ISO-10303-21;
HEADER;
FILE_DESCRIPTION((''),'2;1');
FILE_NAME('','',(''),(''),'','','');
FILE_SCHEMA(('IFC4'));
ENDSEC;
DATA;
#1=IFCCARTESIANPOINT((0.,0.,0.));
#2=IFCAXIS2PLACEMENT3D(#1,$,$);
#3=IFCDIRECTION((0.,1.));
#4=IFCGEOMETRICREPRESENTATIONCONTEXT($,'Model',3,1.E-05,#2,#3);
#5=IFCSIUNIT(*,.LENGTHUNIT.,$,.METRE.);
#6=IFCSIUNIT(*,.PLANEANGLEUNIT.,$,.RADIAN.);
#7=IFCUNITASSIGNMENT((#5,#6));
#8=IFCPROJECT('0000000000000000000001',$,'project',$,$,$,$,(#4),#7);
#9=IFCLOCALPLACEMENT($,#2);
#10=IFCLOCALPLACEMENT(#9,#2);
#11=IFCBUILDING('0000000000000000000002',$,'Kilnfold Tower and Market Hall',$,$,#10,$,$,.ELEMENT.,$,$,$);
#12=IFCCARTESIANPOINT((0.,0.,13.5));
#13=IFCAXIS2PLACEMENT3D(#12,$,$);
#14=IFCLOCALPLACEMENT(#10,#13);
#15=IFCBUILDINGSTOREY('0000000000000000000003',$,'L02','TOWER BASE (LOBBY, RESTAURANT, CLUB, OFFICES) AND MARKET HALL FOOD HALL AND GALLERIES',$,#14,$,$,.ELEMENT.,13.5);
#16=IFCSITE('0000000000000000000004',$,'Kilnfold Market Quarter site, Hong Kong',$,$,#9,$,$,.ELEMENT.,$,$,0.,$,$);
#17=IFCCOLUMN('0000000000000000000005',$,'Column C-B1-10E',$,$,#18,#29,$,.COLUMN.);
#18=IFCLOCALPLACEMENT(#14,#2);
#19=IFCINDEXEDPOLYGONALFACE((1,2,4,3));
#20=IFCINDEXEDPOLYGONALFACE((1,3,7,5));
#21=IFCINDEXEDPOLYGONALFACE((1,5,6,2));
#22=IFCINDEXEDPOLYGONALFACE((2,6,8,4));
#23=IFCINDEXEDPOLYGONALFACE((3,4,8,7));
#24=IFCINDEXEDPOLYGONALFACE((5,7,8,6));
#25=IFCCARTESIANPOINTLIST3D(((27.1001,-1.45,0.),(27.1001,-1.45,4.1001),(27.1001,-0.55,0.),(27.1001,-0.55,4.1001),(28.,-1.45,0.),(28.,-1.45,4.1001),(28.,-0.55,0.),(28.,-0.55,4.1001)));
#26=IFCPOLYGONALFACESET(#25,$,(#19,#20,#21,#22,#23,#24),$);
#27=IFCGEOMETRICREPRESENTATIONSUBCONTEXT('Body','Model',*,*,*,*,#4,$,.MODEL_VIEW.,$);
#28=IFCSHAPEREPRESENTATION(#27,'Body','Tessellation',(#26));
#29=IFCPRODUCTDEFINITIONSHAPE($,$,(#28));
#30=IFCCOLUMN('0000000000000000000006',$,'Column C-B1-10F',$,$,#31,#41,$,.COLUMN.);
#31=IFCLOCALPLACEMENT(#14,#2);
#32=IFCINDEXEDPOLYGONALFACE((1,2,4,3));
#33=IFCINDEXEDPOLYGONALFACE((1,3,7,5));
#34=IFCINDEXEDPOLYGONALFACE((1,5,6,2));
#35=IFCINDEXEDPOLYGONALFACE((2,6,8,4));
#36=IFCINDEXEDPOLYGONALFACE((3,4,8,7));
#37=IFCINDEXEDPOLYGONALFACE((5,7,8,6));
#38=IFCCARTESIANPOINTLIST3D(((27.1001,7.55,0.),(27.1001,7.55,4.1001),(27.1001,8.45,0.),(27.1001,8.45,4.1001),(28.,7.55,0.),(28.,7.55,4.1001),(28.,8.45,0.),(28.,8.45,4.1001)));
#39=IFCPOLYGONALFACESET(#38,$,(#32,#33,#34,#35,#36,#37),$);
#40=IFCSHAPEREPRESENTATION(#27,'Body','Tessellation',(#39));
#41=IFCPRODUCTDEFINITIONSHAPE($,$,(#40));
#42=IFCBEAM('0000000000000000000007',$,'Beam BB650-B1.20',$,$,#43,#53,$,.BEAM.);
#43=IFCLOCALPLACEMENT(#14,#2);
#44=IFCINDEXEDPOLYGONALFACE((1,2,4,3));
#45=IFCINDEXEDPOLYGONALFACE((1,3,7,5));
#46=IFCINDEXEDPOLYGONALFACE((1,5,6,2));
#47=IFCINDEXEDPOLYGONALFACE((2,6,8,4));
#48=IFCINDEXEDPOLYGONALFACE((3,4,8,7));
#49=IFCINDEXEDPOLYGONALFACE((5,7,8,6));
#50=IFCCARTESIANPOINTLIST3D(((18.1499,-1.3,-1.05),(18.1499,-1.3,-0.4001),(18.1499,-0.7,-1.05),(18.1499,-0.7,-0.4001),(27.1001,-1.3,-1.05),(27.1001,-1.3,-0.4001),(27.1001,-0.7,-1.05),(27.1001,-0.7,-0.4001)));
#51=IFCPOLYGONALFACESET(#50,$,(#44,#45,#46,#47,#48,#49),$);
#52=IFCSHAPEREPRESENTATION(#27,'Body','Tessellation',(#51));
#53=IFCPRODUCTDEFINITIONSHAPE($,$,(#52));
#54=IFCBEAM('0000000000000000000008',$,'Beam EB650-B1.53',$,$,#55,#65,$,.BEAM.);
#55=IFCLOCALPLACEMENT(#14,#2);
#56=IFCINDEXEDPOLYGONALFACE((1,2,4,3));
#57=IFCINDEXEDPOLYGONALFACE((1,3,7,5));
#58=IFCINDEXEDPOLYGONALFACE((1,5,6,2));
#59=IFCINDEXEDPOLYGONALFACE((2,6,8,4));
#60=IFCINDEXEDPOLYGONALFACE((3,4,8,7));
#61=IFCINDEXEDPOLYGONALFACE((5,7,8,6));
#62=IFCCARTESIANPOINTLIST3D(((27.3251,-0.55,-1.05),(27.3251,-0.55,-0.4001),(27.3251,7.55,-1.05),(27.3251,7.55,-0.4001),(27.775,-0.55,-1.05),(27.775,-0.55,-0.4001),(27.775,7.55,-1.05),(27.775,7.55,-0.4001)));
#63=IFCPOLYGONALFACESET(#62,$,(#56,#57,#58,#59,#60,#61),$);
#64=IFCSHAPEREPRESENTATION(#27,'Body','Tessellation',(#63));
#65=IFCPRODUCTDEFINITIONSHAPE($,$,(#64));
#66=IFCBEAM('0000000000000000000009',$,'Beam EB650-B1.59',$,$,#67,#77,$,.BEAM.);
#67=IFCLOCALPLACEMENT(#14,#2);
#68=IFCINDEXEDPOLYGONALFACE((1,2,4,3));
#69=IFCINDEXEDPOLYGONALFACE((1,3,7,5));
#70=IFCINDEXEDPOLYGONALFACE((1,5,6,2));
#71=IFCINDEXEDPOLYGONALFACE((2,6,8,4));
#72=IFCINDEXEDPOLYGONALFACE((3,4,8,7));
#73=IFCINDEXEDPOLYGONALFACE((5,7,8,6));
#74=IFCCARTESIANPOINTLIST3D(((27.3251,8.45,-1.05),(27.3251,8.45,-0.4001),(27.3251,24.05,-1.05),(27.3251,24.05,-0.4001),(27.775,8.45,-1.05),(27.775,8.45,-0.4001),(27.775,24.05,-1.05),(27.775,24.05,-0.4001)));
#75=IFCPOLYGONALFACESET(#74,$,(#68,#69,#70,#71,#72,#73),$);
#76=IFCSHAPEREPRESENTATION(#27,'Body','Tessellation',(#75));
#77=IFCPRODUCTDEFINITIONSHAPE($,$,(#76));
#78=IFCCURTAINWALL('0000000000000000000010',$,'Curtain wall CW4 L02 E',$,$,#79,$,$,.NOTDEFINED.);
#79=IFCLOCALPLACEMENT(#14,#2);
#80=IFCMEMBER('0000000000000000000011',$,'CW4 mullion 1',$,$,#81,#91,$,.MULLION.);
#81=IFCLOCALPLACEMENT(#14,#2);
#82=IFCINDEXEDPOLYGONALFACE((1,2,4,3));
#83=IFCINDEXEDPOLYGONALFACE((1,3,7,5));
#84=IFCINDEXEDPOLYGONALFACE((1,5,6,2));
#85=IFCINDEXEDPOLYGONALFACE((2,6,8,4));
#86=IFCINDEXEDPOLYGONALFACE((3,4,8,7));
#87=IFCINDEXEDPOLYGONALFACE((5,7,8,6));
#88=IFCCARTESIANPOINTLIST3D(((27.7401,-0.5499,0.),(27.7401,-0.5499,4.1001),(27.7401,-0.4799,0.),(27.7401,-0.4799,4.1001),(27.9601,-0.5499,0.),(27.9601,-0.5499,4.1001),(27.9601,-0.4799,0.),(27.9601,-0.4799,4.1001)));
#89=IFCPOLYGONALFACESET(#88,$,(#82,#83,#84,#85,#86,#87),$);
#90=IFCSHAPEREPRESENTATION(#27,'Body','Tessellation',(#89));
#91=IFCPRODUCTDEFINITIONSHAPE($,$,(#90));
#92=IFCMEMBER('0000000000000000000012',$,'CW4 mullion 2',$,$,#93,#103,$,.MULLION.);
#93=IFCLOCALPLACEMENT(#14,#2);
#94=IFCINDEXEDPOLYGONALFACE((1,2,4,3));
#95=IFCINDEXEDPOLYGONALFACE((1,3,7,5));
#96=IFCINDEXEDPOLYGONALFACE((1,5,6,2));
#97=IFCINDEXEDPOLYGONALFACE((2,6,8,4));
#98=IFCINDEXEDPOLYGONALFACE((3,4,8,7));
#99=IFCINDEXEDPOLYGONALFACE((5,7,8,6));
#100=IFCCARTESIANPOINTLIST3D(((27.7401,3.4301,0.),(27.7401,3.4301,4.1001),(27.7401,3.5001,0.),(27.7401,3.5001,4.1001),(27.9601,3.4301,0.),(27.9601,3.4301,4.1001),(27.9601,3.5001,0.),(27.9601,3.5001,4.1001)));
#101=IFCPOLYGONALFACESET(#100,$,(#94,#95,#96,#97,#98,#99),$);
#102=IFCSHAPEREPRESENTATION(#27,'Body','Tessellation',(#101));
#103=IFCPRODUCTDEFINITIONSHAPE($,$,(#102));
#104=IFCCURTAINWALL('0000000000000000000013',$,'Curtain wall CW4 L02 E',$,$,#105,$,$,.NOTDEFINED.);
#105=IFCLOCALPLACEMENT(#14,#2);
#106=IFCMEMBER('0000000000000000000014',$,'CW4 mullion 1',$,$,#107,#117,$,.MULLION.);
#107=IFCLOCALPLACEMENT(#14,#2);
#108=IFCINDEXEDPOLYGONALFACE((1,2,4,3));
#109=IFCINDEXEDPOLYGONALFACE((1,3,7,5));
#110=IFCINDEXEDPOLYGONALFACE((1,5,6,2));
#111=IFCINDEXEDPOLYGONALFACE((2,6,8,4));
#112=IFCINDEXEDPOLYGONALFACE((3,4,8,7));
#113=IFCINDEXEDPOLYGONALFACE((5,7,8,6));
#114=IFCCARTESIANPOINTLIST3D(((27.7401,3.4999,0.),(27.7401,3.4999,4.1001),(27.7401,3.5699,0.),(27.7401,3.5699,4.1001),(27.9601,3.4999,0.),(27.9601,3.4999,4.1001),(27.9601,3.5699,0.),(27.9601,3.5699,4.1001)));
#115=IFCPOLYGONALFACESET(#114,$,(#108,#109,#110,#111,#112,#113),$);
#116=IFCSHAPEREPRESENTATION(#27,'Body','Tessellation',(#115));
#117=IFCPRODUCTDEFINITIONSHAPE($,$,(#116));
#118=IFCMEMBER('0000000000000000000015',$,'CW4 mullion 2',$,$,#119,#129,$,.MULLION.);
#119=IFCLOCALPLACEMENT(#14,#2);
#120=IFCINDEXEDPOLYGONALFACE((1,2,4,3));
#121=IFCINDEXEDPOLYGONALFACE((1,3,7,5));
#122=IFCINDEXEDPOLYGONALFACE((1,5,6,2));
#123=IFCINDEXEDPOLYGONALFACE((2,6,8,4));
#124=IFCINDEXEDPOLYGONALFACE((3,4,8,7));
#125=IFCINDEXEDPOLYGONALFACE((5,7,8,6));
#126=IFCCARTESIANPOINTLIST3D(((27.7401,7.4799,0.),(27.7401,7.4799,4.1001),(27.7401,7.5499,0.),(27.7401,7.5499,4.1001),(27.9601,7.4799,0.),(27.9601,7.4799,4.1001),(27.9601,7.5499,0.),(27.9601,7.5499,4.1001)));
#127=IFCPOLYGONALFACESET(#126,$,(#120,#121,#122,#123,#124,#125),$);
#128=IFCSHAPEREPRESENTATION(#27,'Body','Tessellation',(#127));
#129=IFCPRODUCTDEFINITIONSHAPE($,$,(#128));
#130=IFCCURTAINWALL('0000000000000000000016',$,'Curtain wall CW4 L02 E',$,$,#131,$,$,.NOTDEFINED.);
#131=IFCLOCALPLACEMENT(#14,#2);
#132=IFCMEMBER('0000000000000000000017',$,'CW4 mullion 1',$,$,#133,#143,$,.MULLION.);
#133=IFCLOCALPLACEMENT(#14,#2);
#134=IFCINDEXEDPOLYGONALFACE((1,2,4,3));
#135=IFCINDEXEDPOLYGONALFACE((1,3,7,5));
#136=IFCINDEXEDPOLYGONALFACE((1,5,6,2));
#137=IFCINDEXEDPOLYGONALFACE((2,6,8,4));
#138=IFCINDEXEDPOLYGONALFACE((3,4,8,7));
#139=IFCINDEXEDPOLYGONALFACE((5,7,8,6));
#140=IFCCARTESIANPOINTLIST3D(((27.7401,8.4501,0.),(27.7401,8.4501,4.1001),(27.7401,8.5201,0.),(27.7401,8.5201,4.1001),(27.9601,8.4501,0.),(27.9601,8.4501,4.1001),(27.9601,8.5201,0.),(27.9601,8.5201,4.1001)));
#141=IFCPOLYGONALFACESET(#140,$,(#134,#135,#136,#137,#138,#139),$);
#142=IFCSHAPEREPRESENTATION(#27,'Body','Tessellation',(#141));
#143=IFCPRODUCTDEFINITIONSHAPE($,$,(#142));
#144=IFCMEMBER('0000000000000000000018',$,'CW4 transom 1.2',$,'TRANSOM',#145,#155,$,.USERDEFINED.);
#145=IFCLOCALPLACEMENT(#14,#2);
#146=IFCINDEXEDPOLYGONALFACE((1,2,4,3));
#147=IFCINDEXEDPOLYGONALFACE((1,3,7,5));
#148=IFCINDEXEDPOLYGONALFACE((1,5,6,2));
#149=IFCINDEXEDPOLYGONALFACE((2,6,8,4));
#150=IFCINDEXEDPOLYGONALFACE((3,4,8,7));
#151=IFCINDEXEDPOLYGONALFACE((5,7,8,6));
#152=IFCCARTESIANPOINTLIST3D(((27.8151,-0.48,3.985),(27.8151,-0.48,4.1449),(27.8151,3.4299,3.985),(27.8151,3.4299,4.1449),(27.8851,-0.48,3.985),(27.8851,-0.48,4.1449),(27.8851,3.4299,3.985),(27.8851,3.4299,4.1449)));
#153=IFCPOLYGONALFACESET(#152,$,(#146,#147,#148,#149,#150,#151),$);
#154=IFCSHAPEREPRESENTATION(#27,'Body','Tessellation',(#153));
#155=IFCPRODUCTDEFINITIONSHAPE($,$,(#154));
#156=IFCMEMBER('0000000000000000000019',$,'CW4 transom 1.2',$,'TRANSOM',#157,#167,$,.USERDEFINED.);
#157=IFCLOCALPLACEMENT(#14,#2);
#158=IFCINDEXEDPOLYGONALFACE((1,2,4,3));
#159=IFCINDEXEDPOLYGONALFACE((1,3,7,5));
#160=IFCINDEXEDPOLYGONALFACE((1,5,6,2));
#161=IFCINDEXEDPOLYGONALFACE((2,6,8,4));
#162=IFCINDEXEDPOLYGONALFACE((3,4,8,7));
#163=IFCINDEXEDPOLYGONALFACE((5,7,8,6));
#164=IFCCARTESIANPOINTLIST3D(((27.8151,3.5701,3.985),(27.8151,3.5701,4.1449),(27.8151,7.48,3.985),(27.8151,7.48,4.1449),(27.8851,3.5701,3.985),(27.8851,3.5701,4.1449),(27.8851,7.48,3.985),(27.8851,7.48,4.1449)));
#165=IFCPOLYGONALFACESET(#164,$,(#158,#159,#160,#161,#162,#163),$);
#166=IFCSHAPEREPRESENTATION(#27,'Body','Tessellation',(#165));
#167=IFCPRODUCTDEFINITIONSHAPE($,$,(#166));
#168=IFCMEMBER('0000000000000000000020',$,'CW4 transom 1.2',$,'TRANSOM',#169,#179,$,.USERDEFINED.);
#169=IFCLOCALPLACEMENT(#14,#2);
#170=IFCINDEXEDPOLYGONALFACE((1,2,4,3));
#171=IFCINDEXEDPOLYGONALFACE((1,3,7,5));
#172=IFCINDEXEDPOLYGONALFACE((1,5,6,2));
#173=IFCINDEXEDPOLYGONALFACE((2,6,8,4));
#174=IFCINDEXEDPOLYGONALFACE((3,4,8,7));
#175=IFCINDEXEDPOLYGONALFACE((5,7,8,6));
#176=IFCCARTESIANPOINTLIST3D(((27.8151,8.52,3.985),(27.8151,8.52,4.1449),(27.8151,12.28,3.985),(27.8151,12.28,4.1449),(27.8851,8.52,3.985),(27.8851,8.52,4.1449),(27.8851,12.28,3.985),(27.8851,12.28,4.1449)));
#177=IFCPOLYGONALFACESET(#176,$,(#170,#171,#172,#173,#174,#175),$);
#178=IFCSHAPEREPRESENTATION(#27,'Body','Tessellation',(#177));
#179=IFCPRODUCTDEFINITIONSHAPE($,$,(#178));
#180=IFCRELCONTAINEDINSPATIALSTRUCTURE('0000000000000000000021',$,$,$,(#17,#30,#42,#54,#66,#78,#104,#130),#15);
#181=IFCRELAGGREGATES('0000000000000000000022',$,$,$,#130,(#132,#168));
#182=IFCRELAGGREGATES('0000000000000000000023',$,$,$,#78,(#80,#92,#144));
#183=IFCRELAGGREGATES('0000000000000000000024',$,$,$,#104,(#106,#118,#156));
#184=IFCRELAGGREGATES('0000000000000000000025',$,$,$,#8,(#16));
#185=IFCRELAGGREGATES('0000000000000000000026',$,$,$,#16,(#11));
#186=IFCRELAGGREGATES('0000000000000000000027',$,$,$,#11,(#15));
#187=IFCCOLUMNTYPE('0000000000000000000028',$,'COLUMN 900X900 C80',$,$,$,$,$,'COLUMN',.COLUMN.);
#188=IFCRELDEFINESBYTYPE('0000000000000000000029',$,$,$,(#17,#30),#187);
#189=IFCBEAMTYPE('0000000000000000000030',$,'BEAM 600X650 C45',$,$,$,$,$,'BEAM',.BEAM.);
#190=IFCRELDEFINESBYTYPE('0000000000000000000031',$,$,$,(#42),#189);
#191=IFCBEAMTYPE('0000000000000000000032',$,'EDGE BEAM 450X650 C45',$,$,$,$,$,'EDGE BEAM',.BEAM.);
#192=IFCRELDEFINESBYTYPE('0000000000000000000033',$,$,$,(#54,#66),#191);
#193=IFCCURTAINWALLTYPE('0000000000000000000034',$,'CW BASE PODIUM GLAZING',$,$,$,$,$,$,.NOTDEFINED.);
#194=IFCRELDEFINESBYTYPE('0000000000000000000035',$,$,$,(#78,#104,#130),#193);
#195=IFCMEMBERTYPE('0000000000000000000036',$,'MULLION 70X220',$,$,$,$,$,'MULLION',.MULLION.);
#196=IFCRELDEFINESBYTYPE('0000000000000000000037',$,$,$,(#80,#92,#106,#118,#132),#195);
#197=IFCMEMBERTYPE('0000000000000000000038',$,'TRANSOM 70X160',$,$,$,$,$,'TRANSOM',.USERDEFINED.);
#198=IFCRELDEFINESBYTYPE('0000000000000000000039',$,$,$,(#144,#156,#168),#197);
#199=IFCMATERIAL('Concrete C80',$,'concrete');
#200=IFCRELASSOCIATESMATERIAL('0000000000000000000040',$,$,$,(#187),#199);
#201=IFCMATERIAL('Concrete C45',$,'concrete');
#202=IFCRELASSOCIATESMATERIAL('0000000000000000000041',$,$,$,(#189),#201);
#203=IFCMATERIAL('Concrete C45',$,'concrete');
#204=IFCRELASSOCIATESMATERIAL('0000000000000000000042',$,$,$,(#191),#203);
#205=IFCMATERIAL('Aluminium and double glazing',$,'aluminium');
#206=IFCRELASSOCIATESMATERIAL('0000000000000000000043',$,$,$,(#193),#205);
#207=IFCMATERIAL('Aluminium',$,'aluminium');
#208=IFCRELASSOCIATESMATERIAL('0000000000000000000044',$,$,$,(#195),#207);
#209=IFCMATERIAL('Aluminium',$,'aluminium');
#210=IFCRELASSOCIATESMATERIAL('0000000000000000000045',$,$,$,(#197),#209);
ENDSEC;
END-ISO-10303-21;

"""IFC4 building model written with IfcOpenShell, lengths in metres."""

from ifc_helpers import new_model, si_unit, direction, frame, origin, origin_2d, place, context, subcontext, project, spatial, rectangle, extrude, source, transform, mapped, material, material_profile, profile_set, type_object, element, aggregate, save


model = new_model("IFC4")

# Units and contexts
model_context = context("Model", 3, precision=1e-05, world=origin(), true_north=direction((0.0, 1.0)))
body_context = subcontext(model_context, "Body", "Model", "MODEL_VIEW")
ifc_project = project(units=[si_unit("LENGTHUNIT", "METRE"), si_unit("PLANEANGLEUNIT", "RADIAN")], contexts=[model_context])

# Site, building, storey
site_placement = place(None, origin())
site = spatial("IfcSite", under=ifc_project, at=site_placement, Name="Kilnfold Market Quarter site, Hong Kong", CompositionType="ELEMENT", RefElevation=0.0)
building_placement = place(site_placement, origin())
building = spatial("IfcBuilding", under=site, at=building_placement, Name="Kilnfold Tower and Market Hall", CompositionType="ELEMENT")
storey_placement = place(building_placement, frame((0.0, 0.0, 13.5)))
storey = spatial("IfcBuildingStorey", under=building, at=storey_placement, Name="L02", Description="TOWER BASE (LOBBY, RESTAURANT, CLUB, OFFICES) AND MARKET HALL FOOD HALL AND GALLERIES", CompositionType="ELEMENT", Elevation=13.5)

# Columns
ifc_material_1 = material(Name="Concrete C80", Category="concrete")
ifc_material_profile_1 = material_profile(ifc_material_1, rectangle(XDim=0.8999, YDim=0.8999, at=origin_2d()), Name="RC 900x900")
ifc_profile_set_1 = profile_set([ifc_material_profile_1], Name="Concrete C80")
column_type = type_object("IfcColumnType", Name="COLUMN 900X900 C80", ElementType="COLUMN", PredefinedType="COLUMN", material=ifc_profile_set_1)
shared_shape_1 = source(origin(), body_context, "Body", "SweptSolid", [
    extrude(rectangle(XDim=0.8999, YDim=0.8999, at=origin_2d()), origin(), (0.0, 0.0, 1.0), 4.1001),
])
for number, where, z_axis, x_axis, name in (
    (1, (27.55, -1.0, 0.0), (0.0, 0.0, 1.0), (1.0, 0.0, 0.0), "Column C-B1-10E"),
    (2, (27.55, 8.0, 0.0), (0.0, 0.0, 1.0), (1.0, 0.0, 0.0), "Column C-B1-10F"),
):
    element("IfcColumn", number, at=place(storey_placement, frame(where, z_axis=z_axis, x_axis=x_axis)), inside=storey, type_object=column_type, Name=name, PredefinedType="COLUMN", context=body_context, shape_type="MappedRepresentation", body=[
        mapped(shared_shape_1, transform((0.0, 0.0, 0.0))),
    ])

# Beams
ifc_material_2 = material(Name="Concrete C45", Category="concrete")
ifc_material_profile_2 = material_profile(ifc_material_2, rectangle(XDim=0.6001, YDim=0.6499, at=origin_2d()), Name="RC 600x650")
ifc_profile_set_2 = profile_set([ifc_material_profile_2], Name="Concrete C45")
beam_type_1 = type_object("IfcBeamType", Name="BEAM 600X650 C45", ElementType="BEAM", PredefinedType="BEAM", material=ifc_profile_set_2)
shared_shape_2 = source(origin(), body_context, "Body", "SweptSolid", [
    extrude(rectangle(XDim=0.6001, YDim=0.6499, at=origin_2d()), origin(), (0.0, 0.0, 1.0), 8.9502),
])
beam_1_placement = place(storey_placement, frame((18.1499, -1.0, -0.7251), z_axis=(1.0, 0.0, 0.0), x_axis=(0.0, 1.0, 0.0)))
element("IfcBeam", 3, at=beam_1_placement, inside=storey, type_object=beam_type_1, Name="Beam BB650-B1.20", PredefinedType="BEAM", context=body_context, shape_type="MappedRepresentation", body=[
    mapped(shared_shape_2, transform((0.0, 0.0, 0.0))),
])
ifc_material_3 = material(Name="Concrete C45", Category="concrete")
ifc_material_profile_3 = material_profile(ifc_material_3, rectangle(XDim=0.45, YDim=0.6499, at=origin_2d()), Name="RC 450x650")
ifc_profile_set_3 = profile_set([ifc_material_profile_3], Name="Concrete C45")
beam_type_2 = type_object("IfcBeamType", Name="EDGE BEAM 450X650 C45", ElementType="EDGE BEAM", PredefinedType="BEAM", material=ifc_profile_set_3)
shared_shape_3 = source(origin(), body_context, "Body", "SweptSolid", [
    extrude(rectangle(XDim=0.45, YDim=0.6499, at=origin_2d()), origin(), (0.0, 0.0, 1.0), 8.1001),
])
beam_2_placement = place(storey_placement, frame((27.55, -0.55, -0.7251), z_axis=(0.0, 1.0, 0.0), x_axis=(-1.0, 0.0, 0.0)))
element("IfcBeam", 4, at=beam_2_placement, inside=storey, type_object=beam_type_2, Name="Beam EB650-B1.53", PredefinedType="BEAM", context=body_context, shape_type="MappedRepresentation", body=[
    mapped(shared_shape_3, transform((0.0, 0.0, 0.0))),
])
shared_shape_4 = source(origin(), body_context, "Body", "SweptSolid", [
    extrude(rectangle(XDim=0.45, YDim=0.6499, at=origin_2d()), origin(), (0.0, 0.0, 1.0), 15.6001),
])
beam_3_placement = place(storey_placement, frame((27.55, 8.45, -0.7251), z_axis=(0.0, 1.0, 0.0), x_axis=(-1.0, 0.0, 0.0)))
element("IfcBeam", 5, at=beam_3_placement, inside=storey, type_object=beam_type_2, Name="Beam EB650-B1.59", PredefinedType="BEAM", context=body_context, shape_type="MappedRepresentation", body=[
    mapped(shared_shape_4, transform((0.0, 0.0, 0.0))),
])

# Curtain walls, members
ifc_material_4 = material(Name="Aluminium and double glazing", Category="aluminium")
curtain_wall_type = type_object("IfcCurtainWallType", Name="CW BASE PODIUM GLAZING", PredefinedType="NOTDEFINED", material=ifc_material_4)
curtain_wall_1_placement = place(storey_placement, origin())
curtain_wall_1 = element("IfcCurtainWall", 6, at=curtain_wall_1_placement, inside=storey, type_object=curtain_wall_type, Name="Curtain wall CW4 L02 E", PredefinedType="NOTDEFINED")
ifc_material_5 = material(Name="Aluminium", Category="aluminium")
ifc_material_profile_4 = material_profile(ifc_material_5, rectangle(XDim=0.0701, YDim=0.22, at=origin_2d()), Name="MULLION 70x220")
ifc_profile_set_4 = profile_set([ifc_material_profile_4], Name="Aluminium")
member_type_1 = type_object("IfcMemberType", Name="MULLION 70X220", ElementType="MULLION", PredefinedType="MULLION", material=ifc_profile_set_4)
shared_shape_5 = source(origin(), body_context, "Body", "SweptSolid", [
    extrude(rectangle(XDim=0.0701, YDim=0.22, at=origin_2d()), origin(), (0.0, 0.0, 1.0), 4.1001),
])
member_1_placement = place(storey_placement, frame((27.8501, -0.5149, 0.0), z_axis=(0.0, 0.0, 1.0), x_axis=(0.0, 1.0, 0.0)))
member_1 = element("IfcMember", 7, at=member_1_placement, type_object=member_type_1, Name="CW4 mullion 1", PredefinedType="MULLION", context=body_context, shape_type="MappedRepresentation", body=[
    mapped(shared_shape_5, transform((0.0, 0.0, 0.0))),
])
member_2_placement = place(storey_placement, frame((27.8501, 3.4651, 0.0), z_axis=(0.0, 0.0, 1.0), x_axis=(0.0, 1.0, 0.0)))
member_2 = element("IfcMember", 8, at=member_2_placement, type_object=member_type_1, Name="CW4 mullion 2", PredefinedType="MULLION", context=body_context, shape_type="MappedRepresentation", body=[
    mapped(shared_shape_5, transform((0.0, 0.0, 0.0))),
])
curtain_wall_2_placement = place(storey_placement, origin())
curtain_wall_2 = element("IfcCurtainWall", 9, at=curtain_wall_2_placement, inside=storey, type_object=curtain_wall_type, Name="Curtain wall CW4 L02 E", PredefinedType="NOTDEFINED")
member_3_placement = place(storey_placement, frame((27.8501, 3.5349, 0.0), z_axis=(0.0, 0.0, 1.0), x_axis=(0.0, 1.0, 0.0)))
member_3 = element("IfcMember", 10, at=member_3_placement, type_object=member_type_1, Name="CW4 mullion 1", PredefinedType="MULLION", context=body_context, shape_type="MappedRepresentation", body=[
    mapped(shared_shape_5, transform((0.0, 0.0, 0.0))),
])
member_4_placement = place(storey_placement, frame((27.8501, 7.5149, 0.0), z_axis=(0.0, 0.0, 1.0), x_axis=(0.0, 1.0, 0.0)))
member_4 = element("IfcMember", 11, at=member_4_placement, type_object=member_type_1, Name="CW4 mullion 2", PredefinedType="MULLION", context=body_context, shape_type="MappedRepresentation", body=[
    mapped(shared_shape_5, transform((0.0, 0.0, 0.0))),
])

# Curtain wall, member
curtain_wall_3_placement = place(storey_placement, origin())
curtain_wall_3 = element("IfcCurtainWall", 12, at=curtain_wall_3_placement, inside=storey, type_object=curtain_wall_type, Name="Curtain wall CW4 L02 E", PredefinedType="NOTDEFINED")
member_5_placement = place(storey_placement, frame((27.8501, 8.4851, 0.0), z_axis=(0.0, 0.0, 1.0), x_axis=(0.0, 1.0, 0.0)))
member_5 = element("IfcMember", 13, at=member_5_placement, type_object=member_type_1, Name="CW4 mullion 1", PredefinedType="MULLION", context=body_context, shape_type="MappedRepresentation", body=[
    mapped(shared_shape_5, transform((0.0, 0.0, 0.0))),
])

# Members
ifc_material_6 = material(Name="Aluminium", Category="aluminium")
ifc_material_profile_5 = material_profile(ifc_material_6, rectangle(XDim=0.0701, YDim=0.1599, at=origin_2d()), Name="TRANSOM 70x160")
ifc_profile_set_5 = profile_set([ifc_material_profile_5], Name="Aluminium")
member_type_2 = type_object("IfcMemberType", Name="TRANSOM 70X160", ElementType="TRANSOM", PredefinedType="USERDEFINED", material=ifc_profile_set_5)
shared_shape_6 = source(origin(), body_context, "Body", "SweptSolid", [
    extrude(rectangle(XDim=0.0701, YDim=0.1599, at=origin_2d()), origin(), (0.0, 0.0, 1.0), 3.9099),
])
member_6_placement = place(storey_placement, frame((27.8501, -0.48, 4.0649), z_axis=(0.0, 1.0, 0.0), x_axis=(-1.0, 0.0, 0.0)))
member_6 = element("IfcMember", 14, at=member_6_placement, type_object=member_type_2, Name="CW4 transom 1.2", ObjectType="TRANSOM", PredefinedType="USERDEFINED", context=body_context, shape_type="MappedRepresentation", body=[
    mapped(shared_shape_6, transform((0.0, 0.0, 0.0))),
])
member_7_placement = place(storey_placement, frame((27.8501, 3.5701, 4.0649), z_axis=(0.0, 1.0, 0.0), x_axis=(-1.0, 0.0, 0.0)))
member_7 = element("IfcMember", 15, at=member_7_placement, type_object=member_type_2, Name="CW4 transom 1.2", ObjectType="TRANSOM", PredefinedType="USERDEFINED", context=body_context, shape_type="MappedRepresentation", body=[
    mapped(shared_shape_6, transform((0.0, 0.0, 0.0))),
])
shared_shape_7 = source(origin(), body_context, "Body", "SweptSolid", [
    extrude(rectangle(XDim=0.0701, YDim=0.1599, at=origin_2d()), origin(), (0.0, 0.0, 1.0), 3.76),
])
member_8_placement = place(storey_placement, frame((27.8501, 8.52, 4.0649), z_axis=(0.0, 1.0, 0.0), x_axis=(-1.0, 0.0, 0.0)))
member_8 = element("IfcMember", 16, at=member_8_placement, type_object=member_type_2, Name="CW4 transom 1.2", ObjectType="TRANSOM", PredefinedType="USERDEFINED", context=body_context, shape_type="MappedRepresentation", body=[
    mapped(shared_shape_7, transform((0.0, 0.0, 0.0))),
])
aggregate(curtain_wall_3, [member_5, member_8])

aggregate(curtain_wall_1, [member_1, member_2, member_6])
aggregate(curtain_wall_2, [member_3, member_4, member_7])

save(model, "model.ifc")
